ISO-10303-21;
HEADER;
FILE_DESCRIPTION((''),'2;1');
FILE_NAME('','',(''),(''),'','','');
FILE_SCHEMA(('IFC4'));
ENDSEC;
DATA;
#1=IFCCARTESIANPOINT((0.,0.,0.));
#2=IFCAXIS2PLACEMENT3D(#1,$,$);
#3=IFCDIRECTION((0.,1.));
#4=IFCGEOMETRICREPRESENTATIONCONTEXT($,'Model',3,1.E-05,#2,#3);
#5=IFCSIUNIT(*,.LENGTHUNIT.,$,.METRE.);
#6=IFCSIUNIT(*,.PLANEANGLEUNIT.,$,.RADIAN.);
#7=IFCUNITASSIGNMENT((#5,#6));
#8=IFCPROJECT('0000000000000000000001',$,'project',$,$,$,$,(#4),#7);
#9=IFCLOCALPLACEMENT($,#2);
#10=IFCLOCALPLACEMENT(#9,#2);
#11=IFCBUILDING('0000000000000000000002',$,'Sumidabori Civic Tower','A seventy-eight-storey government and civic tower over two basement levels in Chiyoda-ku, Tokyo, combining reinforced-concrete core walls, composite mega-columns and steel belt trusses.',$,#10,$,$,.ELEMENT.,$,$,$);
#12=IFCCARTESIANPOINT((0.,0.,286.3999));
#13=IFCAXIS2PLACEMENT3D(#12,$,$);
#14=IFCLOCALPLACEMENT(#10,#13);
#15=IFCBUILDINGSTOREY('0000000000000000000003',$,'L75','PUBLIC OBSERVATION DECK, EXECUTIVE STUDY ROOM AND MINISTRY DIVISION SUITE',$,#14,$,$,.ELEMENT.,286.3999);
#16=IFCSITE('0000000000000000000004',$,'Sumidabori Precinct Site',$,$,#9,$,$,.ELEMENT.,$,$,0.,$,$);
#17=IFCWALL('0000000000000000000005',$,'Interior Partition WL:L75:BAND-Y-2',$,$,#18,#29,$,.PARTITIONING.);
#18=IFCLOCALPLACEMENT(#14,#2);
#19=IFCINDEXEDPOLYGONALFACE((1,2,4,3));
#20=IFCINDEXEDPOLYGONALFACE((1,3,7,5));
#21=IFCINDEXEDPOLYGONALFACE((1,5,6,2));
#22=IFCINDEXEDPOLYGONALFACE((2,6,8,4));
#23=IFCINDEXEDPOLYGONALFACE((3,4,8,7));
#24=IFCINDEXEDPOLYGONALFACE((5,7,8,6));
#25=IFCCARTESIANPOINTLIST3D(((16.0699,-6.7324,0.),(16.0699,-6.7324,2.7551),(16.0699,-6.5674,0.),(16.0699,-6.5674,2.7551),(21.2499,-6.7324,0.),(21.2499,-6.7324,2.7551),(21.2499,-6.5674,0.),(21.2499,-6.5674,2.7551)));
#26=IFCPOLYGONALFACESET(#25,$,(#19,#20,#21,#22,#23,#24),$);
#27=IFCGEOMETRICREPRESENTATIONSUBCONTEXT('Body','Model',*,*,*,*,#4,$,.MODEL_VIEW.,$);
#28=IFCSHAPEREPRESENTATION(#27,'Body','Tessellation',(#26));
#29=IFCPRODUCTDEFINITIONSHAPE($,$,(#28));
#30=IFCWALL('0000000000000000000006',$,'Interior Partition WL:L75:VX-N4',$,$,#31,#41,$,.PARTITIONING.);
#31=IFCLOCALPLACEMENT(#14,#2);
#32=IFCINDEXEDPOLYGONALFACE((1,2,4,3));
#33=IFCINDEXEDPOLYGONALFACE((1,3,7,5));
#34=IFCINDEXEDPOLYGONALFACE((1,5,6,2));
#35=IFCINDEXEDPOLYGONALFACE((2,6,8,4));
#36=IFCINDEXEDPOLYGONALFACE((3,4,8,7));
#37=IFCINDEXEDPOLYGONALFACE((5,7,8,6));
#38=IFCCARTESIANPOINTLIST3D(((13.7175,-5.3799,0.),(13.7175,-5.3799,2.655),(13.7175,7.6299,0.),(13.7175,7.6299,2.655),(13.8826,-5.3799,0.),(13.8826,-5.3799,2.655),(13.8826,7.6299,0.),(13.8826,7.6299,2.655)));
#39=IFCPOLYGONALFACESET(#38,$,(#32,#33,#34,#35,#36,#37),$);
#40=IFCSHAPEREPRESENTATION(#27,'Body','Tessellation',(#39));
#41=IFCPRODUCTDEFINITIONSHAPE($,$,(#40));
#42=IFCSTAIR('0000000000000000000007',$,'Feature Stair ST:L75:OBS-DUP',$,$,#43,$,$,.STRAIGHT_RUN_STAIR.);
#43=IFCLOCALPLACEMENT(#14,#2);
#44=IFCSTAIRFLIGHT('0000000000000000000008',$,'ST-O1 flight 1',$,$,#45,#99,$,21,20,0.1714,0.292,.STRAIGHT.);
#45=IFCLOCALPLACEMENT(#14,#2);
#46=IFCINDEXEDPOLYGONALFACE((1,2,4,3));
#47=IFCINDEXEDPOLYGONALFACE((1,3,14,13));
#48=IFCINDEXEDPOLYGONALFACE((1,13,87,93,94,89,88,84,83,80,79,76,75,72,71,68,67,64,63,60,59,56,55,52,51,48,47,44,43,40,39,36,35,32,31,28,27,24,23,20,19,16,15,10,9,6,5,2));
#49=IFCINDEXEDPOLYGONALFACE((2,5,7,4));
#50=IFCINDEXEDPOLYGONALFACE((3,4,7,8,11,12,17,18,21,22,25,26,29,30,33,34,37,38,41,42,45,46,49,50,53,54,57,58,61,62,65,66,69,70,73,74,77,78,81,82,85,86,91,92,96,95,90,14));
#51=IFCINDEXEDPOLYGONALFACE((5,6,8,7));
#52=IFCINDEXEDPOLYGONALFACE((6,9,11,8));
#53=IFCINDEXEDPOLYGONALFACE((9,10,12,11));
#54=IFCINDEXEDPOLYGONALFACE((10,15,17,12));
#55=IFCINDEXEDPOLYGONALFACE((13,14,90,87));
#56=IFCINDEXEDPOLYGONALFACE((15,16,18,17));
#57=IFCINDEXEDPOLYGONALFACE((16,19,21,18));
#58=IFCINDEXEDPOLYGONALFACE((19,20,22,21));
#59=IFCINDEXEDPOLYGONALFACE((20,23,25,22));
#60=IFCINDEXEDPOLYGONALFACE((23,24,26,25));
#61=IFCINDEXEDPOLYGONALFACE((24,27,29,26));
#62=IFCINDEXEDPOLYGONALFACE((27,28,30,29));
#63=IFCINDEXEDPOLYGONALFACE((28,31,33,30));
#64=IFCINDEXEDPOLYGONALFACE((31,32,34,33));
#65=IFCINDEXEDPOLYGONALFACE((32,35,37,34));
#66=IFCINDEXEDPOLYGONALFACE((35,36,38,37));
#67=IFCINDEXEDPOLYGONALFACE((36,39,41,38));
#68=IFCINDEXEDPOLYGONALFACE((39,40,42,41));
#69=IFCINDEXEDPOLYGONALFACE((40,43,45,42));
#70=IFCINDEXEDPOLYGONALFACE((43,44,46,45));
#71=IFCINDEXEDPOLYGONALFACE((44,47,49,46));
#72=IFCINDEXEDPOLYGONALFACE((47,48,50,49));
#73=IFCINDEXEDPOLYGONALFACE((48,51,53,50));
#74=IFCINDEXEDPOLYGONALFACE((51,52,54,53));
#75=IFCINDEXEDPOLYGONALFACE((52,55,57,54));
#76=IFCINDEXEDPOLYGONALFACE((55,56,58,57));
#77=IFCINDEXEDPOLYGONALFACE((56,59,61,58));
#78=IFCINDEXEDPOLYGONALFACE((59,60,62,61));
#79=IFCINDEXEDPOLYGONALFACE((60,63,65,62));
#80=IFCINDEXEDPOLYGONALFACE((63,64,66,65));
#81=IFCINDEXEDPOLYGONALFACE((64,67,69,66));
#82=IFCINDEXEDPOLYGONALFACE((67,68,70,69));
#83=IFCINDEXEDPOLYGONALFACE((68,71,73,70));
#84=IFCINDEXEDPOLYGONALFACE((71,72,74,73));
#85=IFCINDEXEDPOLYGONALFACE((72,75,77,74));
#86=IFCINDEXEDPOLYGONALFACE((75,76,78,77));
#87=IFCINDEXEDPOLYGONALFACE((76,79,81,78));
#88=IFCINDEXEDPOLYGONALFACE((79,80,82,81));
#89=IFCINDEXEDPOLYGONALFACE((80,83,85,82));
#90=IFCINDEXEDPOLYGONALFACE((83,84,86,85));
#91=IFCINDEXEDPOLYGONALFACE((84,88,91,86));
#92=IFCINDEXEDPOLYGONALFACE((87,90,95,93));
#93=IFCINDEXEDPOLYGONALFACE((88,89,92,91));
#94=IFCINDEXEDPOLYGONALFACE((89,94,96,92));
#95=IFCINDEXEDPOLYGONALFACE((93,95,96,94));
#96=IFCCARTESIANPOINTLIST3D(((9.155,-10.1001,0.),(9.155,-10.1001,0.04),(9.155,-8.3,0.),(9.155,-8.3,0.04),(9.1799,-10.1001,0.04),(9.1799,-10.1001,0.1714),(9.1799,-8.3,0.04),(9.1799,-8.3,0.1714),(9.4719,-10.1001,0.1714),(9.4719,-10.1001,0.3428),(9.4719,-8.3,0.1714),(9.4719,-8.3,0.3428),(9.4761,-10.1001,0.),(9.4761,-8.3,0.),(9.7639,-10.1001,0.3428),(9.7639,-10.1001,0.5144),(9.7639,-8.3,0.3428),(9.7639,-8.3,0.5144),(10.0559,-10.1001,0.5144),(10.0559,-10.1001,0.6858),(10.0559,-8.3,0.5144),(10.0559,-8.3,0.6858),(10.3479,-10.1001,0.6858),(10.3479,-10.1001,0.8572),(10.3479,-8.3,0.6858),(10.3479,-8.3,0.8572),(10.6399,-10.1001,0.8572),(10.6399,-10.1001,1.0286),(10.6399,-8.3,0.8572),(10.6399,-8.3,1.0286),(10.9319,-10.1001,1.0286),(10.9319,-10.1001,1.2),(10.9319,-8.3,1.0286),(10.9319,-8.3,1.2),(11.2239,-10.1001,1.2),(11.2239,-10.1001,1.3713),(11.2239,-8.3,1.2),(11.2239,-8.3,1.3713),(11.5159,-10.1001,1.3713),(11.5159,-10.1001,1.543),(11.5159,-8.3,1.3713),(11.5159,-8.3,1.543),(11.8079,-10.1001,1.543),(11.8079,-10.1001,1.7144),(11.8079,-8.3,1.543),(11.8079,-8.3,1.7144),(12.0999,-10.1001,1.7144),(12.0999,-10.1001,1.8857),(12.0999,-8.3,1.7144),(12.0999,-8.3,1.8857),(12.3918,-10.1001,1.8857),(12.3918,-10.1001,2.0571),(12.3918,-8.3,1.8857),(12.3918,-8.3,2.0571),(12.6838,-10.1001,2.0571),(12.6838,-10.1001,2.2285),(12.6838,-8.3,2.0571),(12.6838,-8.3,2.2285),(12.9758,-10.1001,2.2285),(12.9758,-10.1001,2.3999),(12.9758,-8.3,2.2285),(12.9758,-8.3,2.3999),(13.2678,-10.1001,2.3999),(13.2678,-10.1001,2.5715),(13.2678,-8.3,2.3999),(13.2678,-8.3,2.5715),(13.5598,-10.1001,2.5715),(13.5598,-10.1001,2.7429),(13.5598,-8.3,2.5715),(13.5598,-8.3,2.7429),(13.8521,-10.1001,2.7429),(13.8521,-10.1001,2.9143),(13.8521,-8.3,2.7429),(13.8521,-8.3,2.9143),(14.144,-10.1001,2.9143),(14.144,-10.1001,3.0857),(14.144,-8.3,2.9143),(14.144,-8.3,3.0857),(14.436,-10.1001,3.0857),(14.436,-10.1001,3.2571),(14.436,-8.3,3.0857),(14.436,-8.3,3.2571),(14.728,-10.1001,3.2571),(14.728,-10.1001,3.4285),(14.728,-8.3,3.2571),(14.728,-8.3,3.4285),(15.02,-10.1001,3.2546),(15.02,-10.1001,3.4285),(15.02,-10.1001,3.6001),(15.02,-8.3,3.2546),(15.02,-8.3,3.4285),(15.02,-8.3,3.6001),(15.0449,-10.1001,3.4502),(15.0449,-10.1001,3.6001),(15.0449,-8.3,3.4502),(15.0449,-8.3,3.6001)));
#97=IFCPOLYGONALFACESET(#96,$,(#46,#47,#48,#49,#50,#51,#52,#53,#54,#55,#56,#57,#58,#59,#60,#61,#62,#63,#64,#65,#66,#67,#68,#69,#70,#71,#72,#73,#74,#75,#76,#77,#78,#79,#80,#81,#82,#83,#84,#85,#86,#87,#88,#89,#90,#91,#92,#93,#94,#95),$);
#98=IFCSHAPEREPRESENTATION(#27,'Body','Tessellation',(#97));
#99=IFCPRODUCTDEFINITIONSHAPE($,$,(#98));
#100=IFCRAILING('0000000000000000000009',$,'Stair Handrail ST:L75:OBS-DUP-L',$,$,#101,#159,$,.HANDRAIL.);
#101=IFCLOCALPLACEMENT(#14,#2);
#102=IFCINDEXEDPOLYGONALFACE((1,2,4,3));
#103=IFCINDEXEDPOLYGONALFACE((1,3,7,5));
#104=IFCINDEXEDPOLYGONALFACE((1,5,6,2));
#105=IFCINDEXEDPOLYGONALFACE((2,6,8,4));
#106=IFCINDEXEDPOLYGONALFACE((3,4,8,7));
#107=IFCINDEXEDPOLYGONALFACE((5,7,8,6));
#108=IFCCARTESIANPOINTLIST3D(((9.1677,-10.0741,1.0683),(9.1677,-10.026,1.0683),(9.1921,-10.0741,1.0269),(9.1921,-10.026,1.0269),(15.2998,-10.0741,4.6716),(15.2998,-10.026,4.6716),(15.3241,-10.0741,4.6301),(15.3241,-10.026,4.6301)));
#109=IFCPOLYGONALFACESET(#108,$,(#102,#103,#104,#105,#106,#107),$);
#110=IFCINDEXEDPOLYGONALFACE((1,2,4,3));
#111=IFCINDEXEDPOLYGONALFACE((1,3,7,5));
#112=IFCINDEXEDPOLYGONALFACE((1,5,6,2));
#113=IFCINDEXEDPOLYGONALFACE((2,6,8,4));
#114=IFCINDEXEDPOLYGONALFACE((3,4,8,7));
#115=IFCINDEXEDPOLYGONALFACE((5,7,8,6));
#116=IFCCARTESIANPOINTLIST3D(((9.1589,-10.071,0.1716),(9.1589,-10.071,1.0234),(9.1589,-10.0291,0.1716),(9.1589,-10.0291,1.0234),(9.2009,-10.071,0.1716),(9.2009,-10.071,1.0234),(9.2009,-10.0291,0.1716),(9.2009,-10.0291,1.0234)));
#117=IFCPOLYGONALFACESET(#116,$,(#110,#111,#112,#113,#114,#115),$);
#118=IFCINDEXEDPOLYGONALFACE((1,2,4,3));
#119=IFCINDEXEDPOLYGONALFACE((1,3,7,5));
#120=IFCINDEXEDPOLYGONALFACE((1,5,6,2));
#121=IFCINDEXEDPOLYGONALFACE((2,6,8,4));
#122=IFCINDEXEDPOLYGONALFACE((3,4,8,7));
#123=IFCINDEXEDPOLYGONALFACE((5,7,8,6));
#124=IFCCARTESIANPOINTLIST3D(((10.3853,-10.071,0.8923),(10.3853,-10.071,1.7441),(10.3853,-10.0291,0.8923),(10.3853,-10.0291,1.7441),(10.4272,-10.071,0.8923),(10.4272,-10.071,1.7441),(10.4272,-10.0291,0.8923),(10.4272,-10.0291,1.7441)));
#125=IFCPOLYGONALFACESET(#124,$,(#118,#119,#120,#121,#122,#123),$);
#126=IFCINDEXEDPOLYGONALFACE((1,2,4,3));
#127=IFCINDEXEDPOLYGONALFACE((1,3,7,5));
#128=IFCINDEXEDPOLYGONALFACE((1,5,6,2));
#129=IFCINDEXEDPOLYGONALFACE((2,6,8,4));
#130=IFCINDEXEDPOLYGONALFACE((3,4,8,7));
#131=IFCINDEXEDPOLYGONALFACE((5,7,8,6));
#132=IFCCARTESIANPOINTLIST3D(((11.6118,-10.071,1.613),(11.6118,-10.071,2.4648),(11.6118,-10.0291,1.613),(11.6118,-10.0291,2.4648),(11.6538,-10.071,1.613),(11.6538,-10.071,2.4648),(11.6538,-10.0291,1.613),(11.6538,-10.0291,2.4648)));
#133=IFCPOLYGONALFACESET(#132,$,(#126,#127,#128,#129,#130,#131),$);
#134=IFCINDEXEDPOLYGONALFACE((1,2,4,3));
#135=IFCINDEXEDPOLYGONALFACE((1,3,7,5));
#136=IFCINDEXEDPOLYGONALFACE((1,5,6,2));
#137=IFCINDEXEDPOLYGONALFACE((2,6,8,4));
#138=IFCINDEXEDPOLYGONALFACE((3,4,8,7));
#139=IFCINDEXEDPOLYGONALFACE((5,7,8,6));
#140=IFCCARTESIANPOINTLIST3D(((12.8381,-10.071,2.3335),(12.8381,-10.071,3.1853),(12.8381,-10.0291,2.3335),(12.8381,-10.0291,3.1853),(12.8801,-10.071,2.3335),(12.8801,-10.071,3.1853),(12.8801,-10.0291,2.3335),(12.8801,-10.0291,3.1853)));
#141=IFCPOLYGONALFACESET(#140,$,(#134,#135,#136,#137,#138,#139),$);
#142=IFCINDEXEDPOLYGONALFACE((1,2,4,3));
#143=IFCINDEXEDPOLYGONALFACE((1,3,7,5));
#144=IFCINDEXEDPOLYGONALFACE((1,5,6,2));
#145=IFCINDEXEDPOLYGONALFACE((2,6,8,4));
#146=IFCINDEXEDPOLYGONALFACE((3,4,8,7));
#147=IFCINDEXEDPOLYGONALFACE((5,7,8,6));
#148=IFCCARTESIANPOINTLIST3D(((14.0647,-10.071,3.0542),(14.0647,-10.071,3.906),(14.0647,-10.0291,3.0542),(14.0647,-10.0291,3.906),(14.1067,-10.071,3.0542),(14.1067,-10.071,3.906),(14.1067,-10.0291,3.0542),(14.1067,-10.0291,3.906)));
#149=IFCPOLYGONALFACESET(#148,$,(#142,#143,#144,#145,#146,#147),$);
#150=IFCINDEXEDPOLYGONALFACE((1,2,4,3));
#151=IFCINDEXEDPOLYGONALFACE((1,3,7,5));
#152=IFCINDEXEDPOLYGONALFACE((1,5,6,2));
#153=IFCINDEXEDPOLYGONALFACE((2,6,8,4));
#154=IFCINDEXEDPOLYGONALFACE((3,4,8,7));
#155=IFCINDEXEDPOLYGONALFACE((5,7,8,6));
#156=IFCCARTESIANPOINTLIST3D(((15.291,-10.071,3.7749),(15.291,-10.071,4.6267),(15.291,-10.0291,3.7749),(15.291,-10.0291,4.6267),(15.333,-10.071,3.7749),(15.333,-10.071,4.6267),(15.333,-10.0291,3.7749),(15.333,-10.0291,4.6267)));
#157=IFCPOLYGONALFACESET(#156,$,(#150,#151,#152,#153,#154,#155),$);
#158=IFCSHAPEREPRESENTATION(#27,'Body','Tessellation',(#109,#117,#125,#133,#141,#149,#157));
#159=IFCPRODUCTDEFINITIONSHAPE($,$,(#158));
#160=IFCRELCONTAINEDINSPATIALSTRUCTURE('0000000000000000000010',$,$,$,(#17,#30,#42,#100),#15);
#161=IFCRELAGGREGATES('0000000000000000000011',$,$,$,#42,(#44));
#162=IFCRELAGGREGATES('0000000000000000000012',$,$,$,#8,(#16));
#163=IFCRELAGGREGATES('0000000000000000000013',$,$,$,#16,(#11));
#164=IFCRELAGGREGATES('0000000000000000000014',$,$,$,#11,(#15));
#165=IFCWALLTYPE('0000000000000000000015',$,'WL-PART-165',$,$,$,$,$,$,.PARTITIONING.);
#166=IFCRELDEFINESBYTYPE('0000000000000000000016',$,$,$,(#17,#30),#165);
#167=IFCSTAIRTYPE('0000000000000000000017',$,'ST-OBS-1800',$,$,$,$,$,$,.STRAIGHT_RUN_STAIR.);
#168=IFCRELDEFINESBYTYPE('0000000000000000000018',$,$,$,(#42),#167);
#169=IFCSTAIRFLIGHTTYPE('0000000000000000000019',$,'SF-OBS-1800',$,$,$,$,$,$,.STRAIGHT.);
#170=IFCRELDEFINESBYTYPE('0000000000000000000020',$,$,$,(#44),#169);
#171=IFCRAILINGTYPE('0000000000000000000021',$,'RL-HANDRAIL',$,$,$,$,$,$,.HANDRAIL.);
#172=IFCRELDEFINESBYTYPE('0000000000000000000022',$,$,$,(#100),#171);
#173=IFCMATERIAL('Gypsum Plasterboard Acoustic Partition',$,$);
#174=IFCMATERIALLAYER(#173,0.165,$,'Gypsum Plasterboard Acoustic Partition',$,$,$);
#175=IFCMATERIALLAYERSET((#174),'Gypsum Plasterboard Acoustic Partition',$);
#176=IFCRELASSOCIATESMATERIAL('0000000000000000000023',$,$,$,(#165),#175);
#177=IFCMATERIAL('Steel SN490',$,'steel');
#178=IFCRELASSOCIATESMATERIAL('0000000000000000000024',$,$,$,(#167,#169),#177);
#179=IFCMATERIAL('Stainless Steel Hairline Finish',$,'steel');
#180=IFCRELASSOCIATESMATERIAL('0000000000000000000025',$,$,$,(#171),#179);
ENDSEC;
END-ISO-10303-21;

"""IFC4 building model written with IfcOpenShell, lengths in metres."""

from ifc_helpers import new_model, si_unit, direction, frame, frame_2d, origin, origin_2d, place, context, subcontext, project, spatial, polyline, rectangle, outline, extrude, source, transform, mapped, material, layer, layer_set, type_object, element, aggregate, save


model = new_model("IFC4")

# Units and contexts
model_context = context("Model", 3, precision=1e-05, world=origin(), true_north=direction((0.0, 1.0)))
body_context = subcontext(model_context, "Body", "Model", "MODEL_VIEW")
ifc_project = project(units=[si_unit("LENGTHUNIT", "METRE"), si_unit("PLANEANGLEUNIT", "RADIAN")], contexts=[model_context])

# Site, building, storey
site_placement = place(None, origin())
site = spatial("IfcSite", under=ifc_project, at=site_placement, Name="Sumidabori Precinct Site", CompositionType="ELEMENT", RefElevation=0.0)
building_placement = place(site_placement, origin())
building = spatial("IfcBuilding", under=site, at=building_placement, Name="Sumidabori Civic Tower", Description="A seventy-eight-storey government and civic tower over two basement levels in Chiyoda-ku, Tokyo, combining reinforced-concrete core walls, composite mega-columns and steel belt trusses.", CompositionType="ELEMENT")
storey_placement = place(building_placement, frame((0.0, 0.0, 286.3999)))
storey = spatial("IfcBuildingStorey", under=building, at=storey_placement, Name="L75", Description="PUBLIC OBSERVATION DECK, EXECUTIVE STUDY ROOM AND MINISTRY DIVISION SUITE", CompositionType="ELEMENT", Elevation=286.3999)

# Shared definitions
ifc_material_1 = material(Name="Steel SN490", Category="steel")

# Walls
ifc_material_2 = material(Name="Gypsum Plasterboard Acoustic Partition")
ifc_layer_1 = layer(ifc_material_2, 0.165, Name="Gypsum Plasterboard Acoustic Partition")
ifc_layer_set_1 = layer_set([ifc_layer_1], Name="Gypsum Plasterboard Acoustic Partition")
wall_type_1 = type_object("IfcWallType", Name="WL-PART-165", PredefinedType="PARTITIONING", material=ifc_layer_set_1)
shared_shape_1 = source(origin(), body_context, "Body", "SweptSolid", [
    extrude(rectangle(XDim=5.1799, YDim=0.165, at=frame_2d((2.5898, 0.0))), origin(), (0.0, 0.0, 1.0), 2.7551),
])
wall_1_placement = place(storey_placement, frame((16.0701, -6.6499, 0.0), z_axis=(0.0, 0.0, 1.0), x_axis=(1.0, 0.0, 0.0)))
element("IfcWall", 1, at=wall_1_placement, inside=storey, type_object=wall_type_1, Name="Interior Partition WL:L75:BAND-Y-2", PredefinedType="PARTITIONING", context=body_context, shape_type="MappedRepresentation", body=[
    mapped(shared_shape_1, transform((0.0, 0.0, 0.0), x_axis=(1.0, 0.0, 0.0), y_axis=(0.0, 1.0, 0.0), z_axis=(0.0, 0.0, 1.0), scale=1.0)),
])
shared_shape_2 = source(origin(), body_context, "Body", "SweptSolid", [
    extrude(rectangle(XDim=13.0098, YDim=0.165, at=frame_2d((6.5049, 0.0))), origin(), (0.0, 0.0, 1.0), 2.655),
])
wall_2_placement = place(storey_placement, frame((13.8, -5.3799, 0.0), z_axis=(0.0, 0.0, 1.0), x_axis=(0.0, 1.0, 0.0)))
element("IfcWall", 2, at=wall_2_placement, inside=storey, type_object=wall_type_1, Name="Interior Partition WL:L75:VX-N4", PredefinedType="PARTITIONING", context=body_context, shape_type="MappedRepresentation", body=[
    mapped(shared_shape_2, transform((0.0, 0.0, 0.0), x_axis=(1.0, 0.0, 0.0), y_axis=(0.0, 1.0, 0.0), z_axis=(0.0, 0.0, 1.0), scale=1.0)),
])

# Stair, stair flight
stair_type = type_object("IfcStairType", Name="ST-OBS-1800", PredefinedType="STRAIGHT_RUN_STAIR", material=ifc_material_1)
stair_placement = place(storey_placement, origin())
stair = element("IfcStair", 3, at=stair_placement, inside=storey, type_object=stair_type, Name="Feature Stair ST:L75:OBS-DUP", PredefinedType="STRAIGHT_RUN_STAIR")
stair_flight_type = type_object("IfcStairFlightType", Name="SF-OBS-1800", PredefinedType="STRAIGHT", material=ifc_material_1)
shared_shape_3 = source(origin(), body_context, "Body", "SweptSolid", [
    extrude(outline(polyline([(-0.0249, 0.0), (-0.0249, 0.04), (0.0, 0.04), (0.0, 0.1714), (0.292, 0.1714), (0.292, 0.3428), (0.584, 0.3428), (0.584, 0.5144), (0.876, 0.5144), (0.876, 0.6858), (1.168, 0.6858), (1.168, 0.8572), (1.46, 0.8572), (1.46, 1.0286), (1.752, 1.0286), (1.752, 1.2), (2.0439, 1.2), (2.0439, 1.3713), (2.3359, 1.3713), (2.3359, 1.543), (2.6279, 1.543), (2.6279, 1.7144), (2.9199, 1.7144), (2.9199, 1.8857), (3.2119, 1.8857), (3.2119, 2.0571), (3.5039, 2.0571), (3.5039, 2.2285), (3.7959, 2.2285), (3.7959, 2.3999), (4.0879, 2.3999), (4.0879, 2.5715), (4.3799, 2.5715), (4.3799, 2.7429), (4.6721, 2.7429), (4.6721, 2.9143), (4.9641, 2.9143), (4.9641, 3.0857), (5.2561, 3.0857), (5.2561, 3.2571), (5.5481, 3.2571), (5.5481, 3.4285), (5.8401, 3.4285), (5.8401, 3.6001), (5.865, 3.6001), (5.865, 3.4502), (5.8401, 3.2546), (0.2961, 0.0), (-0.0249, 0.0)])), frame((0.0, 0.8999, 0.0), z_axis=(0.0, -1.0, 0.0), x_axis=(1.0, 0.0, 0.0)), (0.0, 0.0, 1.0), 1.8),
])
stair_flight_placement = place(storey_placement, frame((9.1799, -9.2, 0.0), z_axis=(0.0, 0.0, 1.0), x_axis=(1.0, 0.0, 0.0)))
stair_flight = element("IfcStairFlight", 4, at=stair_flight_placement, type_object=stair_flight_type, Name="ST-O1 flight 1", NumberOfRisers=21, NumberOfTreads=20, PredefinedType="STRAIGHT", RiserHeight=0.1714, TreadLength=0.292, context=body_context, shape_type="MappedRepresentation", body=[
    mapped(shared_shape_3, transform((0.0, 0.0, 0.0), x_axis=(1.0, 0.0, 0.0), y_axis=(0.0, 1.0, 0.0), z_axis=(0.0, 0.0, 1.0), scale=1.0)),
])
aggregate(stair, [stair_flight])

# Railing
ifc_material_3 = material(Name="Stainless Steel Hairline Finish", Category="steel")
railing_type = type_object("IfcRailingType", Name="RL-HANDRAIL", PredefinedType="HANDRAIL", material=ifc_material_3)
for number, where, name in (
    (5, (9.1799, -10.05, 0.1716), "Stair Handrail ST:L75:OBS-DUP-L"),
):
    element("IfcRailing", number, at=place(storey_placement, frame(where)), inside=storey, type_object=railing_type, Name=name, PredefinedType="HANDRAIL", context=body_context, shape_type="SweptSolid", body=[
        extrude(rectangle(XDim=0.0481, YDim=0.0481, at=origin_2d()), frame((0.0, 0.0, 0.876), z_axis=(0.86217, 0.0, 0.50662), x_axis=(0.0, 1.0, 0.0)), (0.0, 0.0, 1.0), 7.1123),
        extrude(rectangle(XDim=0.042, YDim=0.042, at=origin_2d()), origin(), (0.0, 0.0, 1.0), 0.8518),
        extrude(rectangle(XDim=0.042, YDim=0.042, at=origin_2d()), frame((1.2263, 0.0, 0.7207)), (0.0, 0.0, 1.0), 0.8518),
        extrude(rectangle(XDim=0.042, YDim=0.042, at=origin_2d()), frame((2.4529, 0.0, 1.4414)), (0.0, 0.0, 1.0), 0.8518),
        extrude(rectangle(XDim=0.042, YDim=0.042, at=origin_2d()), frame((3.6792, 0.0, 2.1619)), (0.0, 0.0, 1.0), 0.8518),
        extrude(rectangle(XDim=0.042, YDim=0.042, at=origin_2d()), frame((4.9058, 0.0, 2.8826)), (0.0, 0.0, 1.0), 0.8518),
        extrude(rectangle(XDim=0.042, YDim=0.042, at=origin_2d()), frame((6.1321, 0.0, 3.6033)), (0.0, 0.0, 1.0), 0.8518),
    ])

save(model, "model.ifc")
